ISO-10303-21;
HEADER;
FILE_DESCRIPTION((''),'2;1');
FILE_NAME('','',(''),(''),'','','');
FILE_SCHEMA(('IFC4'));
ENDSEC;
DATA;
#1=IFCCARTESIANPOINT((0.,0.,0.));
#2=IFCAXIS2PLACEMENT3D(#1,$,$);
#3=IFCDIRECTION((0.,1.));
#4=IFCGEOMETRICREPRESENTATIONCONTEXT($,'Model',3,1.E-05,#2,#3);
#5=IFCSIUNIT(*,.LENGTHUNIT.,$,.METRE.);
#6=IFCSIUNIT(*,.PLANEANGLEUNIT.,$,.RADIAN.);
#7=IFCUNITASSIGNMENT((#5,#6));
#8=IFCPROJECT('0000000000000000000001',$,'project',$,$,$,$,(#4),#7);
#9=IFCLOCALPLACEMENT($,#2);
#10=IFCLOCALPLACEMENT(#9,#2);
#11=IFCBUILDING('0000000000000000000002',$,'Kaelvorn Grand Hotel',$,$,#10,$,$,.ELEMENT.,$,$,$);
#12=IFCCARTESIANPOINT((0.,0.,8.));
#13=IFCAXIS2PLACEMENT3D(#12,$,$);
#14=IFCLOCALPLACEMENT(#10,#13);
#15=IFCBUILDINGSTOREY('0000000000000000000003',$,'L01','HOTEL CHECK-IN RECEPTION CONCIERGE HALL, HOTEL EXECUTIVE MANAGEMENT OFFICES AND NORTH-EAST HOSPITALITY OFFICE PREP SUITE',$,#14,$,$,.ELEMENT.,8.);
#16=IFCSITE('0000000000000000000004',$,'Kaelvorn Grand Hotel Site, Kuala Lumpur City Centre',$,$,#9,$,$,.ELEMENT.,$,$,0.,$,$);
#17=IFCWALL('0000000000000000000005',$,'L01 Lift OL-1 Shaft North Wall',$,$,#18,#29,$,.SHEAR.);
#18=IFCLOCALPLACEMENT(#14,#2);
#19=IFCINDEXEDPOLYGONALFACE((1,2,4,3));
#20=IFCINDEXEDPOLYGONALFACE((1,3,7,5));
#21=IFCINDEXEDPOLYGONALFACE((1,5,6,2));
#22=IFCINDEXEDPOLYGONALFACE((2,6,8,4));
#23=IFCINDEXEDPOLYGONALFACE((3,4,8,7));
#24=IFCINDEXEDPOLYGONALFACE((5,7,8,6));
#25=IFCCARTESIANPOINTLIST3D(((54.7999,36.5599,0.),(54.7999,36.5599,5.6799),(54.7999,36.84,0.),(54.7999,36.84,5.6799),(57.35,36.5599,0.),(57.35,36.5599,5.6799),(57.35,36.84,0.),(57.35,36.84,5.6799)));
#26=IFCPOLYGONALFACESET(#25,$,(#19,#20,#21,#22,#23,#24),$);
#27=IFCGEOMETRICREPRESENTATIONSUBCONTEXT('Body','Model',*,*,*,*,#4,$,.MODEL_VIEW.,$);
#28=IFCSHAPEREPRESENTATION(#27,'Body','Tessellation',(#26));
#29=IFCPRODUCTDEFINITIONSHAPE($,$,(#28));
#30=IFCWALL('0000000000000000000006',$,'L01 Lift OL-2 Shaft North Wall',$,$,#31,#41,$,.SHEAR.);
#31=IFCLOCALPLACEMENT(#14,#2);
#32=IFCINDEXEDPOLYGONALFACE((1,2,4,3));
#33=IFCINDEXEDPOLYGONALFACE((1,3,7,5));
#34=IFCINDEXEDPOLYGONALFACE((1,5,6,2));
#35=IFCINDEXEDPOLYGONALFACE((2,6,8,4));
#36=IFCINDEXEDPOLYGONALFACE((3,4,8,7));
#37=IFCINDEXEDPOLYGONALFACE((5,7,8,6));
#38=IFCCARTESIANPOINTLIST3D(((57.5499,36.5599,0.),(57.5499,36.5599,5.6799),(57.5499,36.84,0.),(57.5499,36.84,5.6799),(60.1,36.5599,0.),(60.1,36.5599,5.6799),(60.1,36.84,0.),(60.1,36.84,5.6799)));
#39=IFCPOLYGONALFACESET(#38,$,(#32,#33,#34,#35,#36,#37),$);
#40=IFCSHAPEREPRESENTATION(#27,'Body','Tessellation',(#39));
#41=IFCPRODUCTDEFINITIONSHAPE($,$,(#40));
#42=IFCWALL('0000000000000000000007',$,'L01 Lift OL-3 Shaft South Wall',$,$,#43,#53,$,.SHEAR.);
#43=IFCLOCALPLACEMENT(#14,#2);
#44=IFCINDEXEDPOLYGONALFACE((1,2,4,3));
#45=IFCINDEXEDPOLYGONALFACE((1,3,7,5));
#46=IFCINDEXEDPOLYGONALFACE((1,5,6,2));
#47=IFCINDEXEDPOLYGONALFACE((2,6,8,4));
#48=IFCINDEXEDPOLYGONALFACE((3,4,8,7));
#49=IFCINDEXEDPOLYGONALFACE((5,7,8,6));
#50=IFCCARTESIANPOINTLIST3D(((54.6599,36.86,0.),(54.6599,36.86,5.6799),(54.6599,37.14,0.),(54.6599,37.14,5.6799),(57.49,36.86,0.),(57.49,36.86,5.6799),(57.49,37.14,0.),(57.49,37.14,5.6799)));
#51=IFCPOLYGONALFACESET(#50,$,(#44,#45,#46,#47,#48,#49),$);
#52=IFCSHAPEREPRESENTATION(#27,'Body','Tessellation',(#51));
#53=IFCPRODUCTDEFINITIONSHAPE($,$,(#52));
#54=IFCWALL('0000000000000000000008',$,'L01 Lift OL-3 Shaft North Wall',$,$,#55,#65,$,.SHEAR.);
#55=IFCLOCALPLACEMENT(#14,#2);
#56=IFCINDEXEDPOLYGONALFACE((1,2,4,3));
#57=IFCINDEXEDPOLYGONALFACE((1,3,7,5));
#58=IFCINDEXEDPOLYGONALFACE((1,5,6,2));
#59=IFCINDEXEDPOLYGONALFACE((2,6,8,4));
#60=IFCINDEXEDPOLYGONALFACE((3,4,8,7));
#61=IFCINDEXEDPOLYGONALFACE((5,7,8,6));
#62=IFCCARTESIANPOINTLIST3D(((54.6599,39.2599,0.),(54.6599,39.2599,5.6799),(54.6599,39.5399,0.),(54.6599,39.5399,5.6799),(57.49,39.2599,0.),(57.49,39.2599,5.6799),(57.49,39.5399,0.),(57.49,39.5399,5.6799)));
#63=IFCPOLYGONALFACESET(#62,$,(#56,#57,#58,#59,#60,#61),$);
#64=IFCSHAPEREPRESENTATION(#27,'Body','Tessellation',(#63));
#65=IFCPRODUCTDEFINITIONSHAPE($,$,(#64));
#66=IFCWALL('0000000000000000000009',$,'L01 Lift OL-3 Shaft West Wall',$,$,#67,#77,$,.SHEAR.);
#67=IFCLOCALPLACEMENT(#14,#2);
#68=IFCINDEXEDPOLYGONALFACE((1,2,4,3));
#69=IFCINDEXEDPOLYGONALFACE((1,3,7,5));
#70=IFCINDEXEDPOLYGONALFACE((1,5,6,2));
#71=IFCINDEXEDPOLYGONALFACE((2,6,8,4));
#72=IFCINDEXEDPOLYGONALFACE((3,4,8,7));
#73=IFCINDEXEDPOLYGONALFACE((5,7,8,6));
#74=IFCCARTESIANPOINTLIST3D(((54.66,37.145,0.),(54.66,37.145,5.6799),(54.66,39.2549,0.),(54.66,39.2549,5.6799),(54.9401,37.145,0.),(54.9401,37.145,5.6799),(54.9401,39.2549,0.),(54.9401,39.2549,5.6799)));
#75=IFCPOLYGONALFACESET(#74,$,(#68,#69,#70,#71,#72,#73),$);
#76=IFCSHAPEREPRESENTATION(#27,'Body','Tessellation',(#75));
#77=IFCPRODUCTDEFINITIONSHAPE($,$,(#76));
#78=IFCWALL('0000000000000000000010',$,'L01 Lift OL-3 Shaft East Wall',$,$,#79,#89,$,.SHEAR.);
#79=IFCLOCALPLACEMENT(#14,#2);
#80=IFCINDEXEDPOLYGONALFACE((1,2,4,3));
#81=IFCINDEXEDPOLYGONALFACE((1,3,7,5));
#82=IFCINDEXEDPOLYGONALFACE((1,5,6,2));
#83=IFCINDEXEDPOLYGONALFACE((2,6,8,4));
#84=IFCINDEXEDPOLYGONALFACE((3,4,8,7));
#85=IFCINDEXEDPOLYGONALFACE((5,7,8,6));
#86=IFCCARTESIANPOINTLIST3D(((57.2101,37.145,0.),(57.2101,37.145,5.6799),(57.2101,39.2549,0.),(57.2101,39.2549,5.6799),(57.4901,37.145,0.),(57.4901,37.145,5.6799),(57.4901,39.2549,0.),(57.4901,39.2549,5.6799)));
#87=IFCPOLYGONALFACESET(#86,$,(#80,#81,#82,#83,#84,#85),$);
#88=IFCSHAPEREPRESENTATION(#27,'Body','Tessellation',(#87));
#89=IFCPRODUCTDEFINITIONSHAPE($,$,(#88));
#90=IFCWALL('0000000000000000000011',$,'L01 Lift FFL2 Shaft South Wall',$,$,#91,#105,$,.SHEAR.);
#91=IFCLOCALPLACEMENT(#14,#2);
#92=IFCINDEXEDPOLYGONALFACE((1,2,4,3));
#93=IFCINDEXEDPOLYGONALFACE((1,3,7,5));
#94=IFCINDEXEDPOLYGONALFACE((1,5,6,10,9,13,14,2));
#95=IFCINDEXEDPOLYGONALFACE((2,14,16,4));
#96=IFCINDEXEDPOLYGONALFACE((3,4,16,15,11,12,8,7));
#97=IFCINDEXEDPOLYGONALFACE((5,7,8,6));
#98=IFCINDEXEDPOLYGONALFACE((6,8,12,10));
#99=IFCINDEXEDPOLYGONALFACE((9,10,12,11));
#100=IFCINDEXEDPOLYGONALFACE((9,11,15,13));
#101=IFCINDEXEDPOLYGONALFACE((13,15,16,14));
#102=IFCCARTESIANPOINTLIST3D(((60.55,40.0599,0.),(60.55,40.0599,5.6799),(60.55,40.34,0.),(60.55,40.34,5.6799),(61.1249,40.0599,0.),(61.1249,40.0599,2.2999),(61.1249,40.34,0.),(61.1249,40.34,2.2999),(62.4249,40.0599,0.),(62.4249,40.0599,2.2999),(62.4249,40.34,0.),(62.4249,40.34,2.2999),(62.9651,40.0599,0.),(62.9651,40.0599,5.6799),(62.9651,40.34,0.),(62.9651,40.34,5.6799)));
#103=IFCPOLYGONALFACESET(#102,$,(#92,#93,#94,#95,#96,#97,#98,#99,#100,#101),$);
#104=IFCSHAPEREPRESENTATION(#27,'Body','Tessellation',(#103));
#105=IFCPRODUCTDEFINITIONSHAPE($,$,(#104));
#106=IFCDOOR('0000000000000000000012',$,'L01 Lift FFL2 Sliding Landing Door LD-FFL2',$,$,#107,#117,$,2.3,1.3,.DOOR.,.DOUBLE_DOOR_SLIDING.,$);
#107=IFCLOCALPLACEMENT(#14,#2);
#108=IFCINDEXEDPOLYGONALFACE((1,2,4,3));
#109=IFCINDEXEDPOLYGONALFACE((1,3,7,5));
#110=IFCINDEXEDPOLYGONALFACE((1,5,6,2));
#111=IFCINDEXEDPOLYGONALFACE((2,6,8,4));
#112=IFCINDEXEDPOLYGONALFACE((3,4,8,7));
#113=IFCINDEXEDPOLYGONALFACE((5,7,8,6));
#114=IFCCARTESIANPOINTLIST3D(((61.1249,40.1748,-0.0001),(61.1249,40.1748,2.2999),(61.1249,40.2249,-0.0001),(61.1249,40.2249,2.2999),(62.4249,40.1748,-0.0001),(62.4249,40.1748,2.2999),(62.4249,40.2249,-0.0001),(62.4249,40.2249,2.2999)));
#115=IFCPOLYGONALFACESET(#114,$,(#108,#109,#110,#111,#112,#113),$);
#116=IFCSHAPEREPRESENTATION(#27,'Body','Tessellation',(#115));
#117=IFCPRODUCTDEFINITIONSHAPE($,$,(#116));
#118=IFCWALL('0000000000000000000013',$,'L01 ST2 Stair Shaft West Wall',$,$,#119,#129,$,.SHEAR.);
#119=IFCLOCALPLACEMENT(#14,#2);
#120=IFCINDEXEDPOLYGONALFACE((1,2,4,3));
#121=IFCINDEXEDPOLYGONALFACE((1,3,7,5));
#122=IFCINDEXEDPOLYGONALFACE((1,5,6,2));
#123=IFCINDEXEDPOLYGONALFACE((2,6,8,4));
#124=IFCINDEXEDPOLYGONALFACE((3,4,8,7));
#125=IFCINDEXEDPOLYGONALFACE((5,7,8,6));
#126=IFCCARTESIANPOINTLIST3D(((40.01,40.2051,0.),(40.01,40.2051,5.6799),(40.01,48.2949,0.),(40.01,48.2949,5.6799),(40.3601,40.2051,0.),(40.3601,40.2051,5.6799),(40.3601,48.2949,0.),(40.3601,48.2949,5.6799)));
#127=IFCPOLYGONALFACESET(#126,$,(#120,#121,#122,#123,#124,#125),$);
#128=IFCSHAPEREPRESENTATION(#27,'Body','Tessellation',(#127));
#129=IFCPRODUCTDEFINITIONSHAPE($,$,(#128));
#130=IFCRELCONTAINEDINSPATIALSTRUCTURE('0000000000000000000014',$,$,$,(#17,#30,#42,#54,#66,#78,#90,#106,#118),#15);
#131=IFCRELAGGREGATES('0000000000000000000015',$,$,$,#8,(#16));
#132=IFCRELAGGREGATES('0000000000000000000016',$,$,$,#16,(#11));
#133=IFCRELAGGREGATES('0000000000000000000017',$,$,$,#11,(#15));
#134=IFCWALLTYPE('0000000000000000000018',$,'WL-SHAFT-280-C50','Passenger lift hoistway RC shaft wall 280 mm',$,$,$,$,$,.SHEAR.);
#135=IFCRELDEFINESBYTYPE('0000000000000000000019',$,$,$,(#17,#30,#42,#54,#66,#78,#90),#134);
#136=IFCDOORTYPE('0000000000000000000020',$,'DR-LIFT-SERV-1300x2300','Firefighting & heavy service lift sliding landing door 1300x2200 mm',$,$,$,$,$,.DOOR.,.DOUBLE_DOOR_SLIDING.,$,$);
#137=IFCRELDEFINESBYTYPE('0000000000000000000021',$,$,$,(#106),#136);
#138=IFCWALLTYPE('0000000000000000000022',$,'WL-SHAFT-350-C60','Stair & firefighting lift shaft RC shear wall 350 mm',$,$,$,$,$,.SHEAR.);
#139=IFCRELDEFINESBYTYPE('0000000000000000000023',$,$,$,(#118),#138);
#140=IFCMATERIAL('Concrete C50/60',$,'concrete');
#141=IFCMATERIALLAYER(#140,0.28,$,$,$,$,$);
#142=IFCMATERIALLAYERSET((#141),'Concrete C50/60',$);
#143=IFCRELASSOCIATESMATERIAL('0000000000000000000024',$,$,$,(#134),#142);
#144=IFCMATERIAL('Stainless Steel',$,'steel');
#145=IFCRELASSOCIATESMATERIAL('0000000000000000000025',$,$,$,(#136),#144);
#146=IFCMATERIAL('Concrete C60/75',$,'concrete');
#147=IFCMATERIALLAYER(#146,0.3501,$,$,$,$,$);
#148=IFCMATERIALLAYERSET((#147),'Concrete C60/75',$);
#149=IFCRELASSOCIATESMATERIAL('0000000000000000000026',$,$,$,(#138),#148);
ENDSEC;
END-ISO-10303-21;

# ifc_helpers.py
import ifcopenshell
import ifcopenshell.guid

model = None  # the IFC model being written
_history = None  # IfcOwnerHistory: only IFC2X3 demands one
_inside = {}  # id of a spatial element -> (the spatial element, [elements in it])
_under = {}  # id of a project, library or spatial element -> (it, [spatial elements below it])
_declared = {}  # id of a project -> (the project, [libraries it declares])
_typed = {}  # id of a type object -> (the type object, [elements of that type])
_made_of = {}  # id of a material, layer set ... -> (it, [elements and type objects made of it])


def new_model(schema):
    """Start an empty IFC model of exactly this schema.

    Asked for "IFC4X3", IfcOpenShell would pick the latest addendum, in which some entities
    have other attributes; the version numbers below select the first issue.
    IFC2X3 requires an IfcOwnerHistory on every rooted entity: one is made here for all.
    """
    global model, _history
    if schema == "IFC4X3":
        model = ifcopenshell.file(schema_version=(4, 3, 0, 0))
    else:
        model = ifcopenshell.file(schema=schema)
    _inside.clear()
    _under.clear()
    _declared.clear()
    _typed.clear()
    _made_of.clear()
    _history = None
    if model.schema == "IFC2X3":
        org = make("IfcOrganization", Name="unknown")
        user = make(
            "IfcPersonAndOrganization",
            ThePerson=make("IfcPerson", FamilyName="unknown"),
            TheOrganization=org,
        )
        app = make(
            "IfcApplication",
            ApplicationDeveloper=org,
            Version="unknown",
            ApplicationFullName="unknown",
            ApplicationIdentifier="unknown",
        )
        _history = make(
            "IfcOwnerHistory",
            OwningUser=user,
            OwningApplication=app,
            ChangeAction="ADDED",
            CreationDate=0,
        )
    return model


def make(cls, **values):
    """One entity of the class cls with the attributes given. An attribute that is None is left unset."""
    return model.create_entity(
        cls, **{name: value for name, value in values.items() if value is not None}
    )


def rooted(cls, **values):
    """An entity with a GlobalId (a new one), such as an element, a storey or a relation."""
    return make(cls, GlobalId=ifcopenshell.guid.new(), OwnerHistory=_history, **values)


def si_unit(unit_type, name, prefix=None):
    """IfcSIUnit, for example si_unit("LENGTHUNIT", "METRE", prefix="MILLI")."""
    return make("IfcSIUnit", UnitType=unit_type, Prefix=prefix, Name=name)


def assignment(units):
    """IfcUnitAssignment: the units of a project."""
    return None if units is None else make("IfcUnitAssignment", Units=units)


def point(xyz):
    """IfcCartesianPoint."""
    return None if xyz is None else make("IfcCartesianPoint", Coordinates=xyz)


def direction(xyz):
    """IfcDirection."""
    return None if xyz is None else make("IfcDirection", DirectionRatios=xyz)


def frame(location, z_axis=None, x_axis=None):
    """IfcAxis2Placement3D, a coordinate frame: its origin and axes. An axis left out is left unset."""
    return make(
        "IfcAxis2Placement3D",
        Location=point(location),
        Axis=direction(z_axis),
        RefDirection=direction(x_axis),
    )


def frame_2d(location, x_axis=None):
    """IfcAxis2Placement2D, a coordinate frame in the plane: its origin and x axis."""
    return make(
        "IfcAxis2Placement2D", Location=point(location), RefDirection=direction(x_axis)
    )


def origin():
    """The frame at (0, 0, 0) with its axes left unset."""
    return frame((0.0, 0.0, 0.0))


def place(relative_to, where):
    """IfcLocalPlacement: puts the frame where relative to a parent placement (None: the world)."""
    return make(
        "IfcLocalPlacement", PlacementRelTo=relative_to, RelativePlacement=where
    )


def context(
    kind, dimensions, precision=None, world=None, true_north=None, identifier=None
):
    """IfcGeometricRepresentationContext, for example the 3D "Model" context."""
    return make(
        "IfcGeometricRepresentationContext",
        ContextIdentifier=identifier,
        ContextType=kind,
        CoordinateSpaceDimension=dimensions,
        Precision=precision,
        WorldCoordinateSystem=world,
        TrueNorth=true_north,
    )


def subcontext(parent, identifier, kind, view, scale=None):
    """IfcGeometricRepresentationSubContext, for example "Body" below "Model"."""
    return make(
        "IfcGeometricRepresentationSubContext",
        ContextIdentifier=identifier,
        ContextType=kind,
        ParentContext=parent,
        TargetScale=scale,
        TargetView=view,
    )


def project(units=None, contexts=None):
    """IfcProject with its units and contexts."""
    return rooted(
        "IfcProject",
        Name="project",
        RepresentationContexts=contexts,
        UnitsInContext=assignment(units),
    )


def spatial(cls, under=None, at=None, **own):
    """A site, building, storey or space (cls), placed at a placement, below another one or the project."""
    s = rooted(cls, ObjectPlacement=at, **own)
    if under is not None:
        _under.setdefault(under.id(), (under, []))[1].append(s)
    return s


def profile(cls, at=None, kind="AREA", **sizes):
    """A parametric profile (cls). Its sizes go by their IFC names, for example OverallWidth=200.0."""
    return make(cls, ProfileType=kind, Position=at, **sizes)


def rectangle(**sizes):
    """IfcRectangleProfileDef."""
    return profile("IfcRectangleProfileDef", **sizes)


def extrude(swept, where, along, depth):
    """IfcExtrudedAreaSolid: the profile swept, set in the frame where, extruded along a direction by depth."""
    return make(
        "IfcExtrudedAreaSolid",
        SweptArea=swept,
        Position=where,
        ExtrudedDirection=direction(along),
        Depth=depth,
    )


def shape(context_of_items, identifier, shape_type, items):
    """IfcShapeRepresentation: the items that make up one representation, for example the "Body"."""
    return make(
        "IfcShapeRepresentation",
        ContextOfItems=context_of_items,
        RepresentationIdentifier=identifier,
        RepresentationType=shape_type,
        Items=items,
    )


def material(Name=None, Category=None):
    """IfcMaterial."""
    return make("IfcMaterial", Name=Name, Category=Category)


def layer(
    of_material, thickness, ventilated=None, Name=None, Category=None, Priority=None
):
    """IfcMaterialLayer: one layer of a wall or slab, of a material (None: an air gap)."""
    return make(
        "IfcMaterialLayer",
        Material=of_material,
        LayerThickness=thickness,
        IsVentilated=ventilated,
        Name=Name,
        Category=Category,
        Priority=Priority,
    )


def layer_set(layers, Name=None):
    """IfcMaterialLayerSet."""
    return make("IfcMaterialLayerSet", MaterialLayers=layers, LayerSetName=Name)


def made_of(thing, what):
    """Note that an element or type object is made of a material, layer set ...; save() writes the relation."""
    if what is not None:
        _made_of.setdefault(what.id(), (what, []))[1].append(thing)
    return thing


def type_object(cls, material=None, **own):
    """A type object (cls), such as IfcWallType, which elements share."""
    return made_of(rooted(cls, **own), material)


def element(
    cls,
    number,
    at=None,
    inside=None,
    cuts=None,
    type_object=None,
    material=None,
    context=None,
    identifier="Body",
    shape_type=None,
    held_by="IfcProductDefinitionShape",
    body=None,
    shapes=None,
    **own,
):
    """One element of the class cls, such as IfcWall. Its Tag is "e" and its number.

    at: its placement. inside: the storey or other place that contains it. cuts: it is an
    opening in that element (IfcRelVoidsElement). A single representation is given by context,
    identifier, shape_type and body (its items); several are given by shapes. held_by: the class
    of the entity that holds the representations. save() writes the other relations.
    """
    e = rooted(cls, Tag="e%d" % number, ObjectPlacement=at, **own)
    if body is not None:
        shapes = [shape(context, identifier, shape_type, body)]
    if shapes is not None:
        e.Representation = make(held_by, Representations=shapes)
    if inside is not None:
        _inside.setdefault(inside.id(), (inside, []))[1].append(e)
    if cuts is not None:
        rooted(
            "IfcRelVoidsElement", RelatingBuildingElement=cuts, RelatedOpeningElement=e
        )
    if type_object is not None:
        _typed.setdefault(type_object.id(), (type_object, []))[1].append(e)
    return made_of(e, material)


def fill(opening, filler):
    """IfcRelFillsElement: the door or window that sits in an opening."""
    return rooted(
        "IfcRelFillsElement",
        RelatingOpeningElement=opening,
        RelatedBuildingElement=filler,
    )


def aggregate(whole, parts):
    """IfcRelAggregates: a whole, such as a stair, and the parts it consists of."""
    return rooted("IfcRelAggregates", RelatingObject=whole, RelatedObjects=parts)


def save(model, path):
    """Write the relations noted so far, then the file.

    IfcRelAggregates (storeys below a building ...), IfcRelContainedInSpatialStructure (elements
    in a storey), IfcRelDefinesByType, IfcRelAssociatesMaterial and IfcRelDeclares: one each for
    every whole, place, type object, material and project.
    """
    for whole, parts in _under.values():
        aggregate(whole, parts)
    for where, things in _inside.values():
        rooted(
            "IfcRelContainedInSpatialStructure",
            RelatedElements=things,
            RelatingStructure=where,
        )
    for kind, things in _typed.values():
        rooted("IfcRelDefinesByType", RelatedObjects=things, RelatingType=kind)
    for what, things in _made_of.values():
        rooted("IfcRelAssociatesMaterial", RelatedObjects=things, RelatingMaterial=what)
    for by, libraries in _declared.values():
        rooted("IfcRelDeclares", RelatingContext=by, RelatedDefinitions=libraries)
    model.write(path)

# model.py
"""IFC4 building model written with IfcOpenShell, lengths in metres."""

from ifc_helpers import new_model, si_unit, direction, frame, frame_2d, origin, place, context, subcontext, project, spatial, rectangle, extrude, material, layer, layer_set, type_object, element, fill, save


model = new_model("IFC4")

# Units and contexts
model_context = context("Model", 3, precision=1e-05, world=origin(), true_north=direction((0.0, 1.0)))
body_context = subcontext(model_context, "Body", "Model", "MODEL_VIEW")
ifc_project = project(units=[si_unit("LENGTHUNIT", "METRE"), si_unit("PLANEANGLEUNIT", "RADIAN")], contexts=[model_context])

# Site, building, storey
site_placement = place(None, origin())
site = spatial("IfcSite", under=ifc_project, at=site_placement, Name="Kaelvorn Grand Hotel Site, Kuala Lumpur City Centre", CompositionType="ELEMENT", RefElevation=0.0)
building_placement = place(site_placement, origin())
building = spatial("IfcBuilding", under=site, at=building_placement, Name="Kaelvorn Grand Hotel", CompositionType="ELEMENT")
storey_placement = place(building_placement, frame((0.0, 0.0, 8.0)))
storey = spatial("IfcBuildingStorey", under=building, at=storey_placement, Name="L01", Description="HOTEL CHECK-IN RECEPTION CONCIERGE HALL, HOTEL EXECUTIVE MANAGEMENT OFFICES AND NORTH-EAST HOSPITALITY OFFICE PREP SUITE", CompositionType="ELEMENT", Elevation=8.0)

# Shared definitions
ifc_material_1 = material(Name="Concrete C50/60", Category="concrete")
ifc_layer_1 = layer(ifc_material_1, 0.28)
ifc_layer_set_1 = layer_set([ifc_layer_1], Name="Concrete C50/60")
wall_type_1 = type_object("IfcWallType", Name="WL-SHAFT-280-C50", Description="Passenger lift hoistway RC shaft wall 280 mm", PredefinedType="SHEAR", material=ifc_layer_set_1)

# Shared definitions
ifc_material_2 = material(Name="Stainless Steel", Category="steel")

# Walls
for number, where, z_axis, x_axis, name in (
    (1, (54.8, 36.7, 0.0), (0.0, 0.0, 1.0), (1.0, 0.0, 0.0), "L01 Lift OL-1 Shaft North Wall"),
    (2, (57.55, 36.7, 0.0), (0.0, 0.0, 1.0), (1.0, 0.0, 0.0), "L01 Lift OL-2 Shaft North Wall"),
):
    element("IfcWall", number, at=place(storey_placement, frame(where, z_axis=z_axis, x_axis=x_axis)), inside=storey, type_object=wall_type_1, Name=name, PredefinedType="SHEAR", context=body_context, shape_type="SweptSolid", body=[
        extrude(rectangle(XDim=2.55, YDim=0.28, at=frame_2d((1.2749, 0.0))), origin(), (0.0, 0.0, 1.0), 5.6799),
    ])
for number, where, z_axis, x_axis, name in (
    (3, (54.6599, 37.0, 0.0), (0.0, 0.0, 1.0), (1.0, 0.0, 0.0), "L01 Lift OL-3 Shaft South Wall"),
    (4, (54.6599, 39.3999, 0.0), (0.0, 0.0, 1.0), (1.0, 0.0, 0.0), "L01 Lift OL-3 Shaft North Wall"),
):
    element("IfcWall", number, at=place(storey_placement, frame(where, z_axis=z_axis, x_axis=x_axis)), inside=storey, type_object=wall_type_1, Name=name, PredefinedType="SHEAR", context=body_context, shape_type="SweptSolid", body=[
        extrude(rectangle(XDim=2.8301, YDim=0.28, at=frame_2d((1.415, 0.0))), origin(), (0.0, 0.0, 1.0), 5.6799),
    ])
for number, where, z_axis, x_axis, name in (
    (5, (54.8, 37.145, 0.0), (0.0, 0.0, 1.0), (0.0, 1.0, 0.0), "L01 Lift OL-3 Shaft West Wall"),
    (6, (57.3501, 37.145, 0.0), (0.0, 0.0, 1.0), (0.0, 1.0, 0.0), "L01 Lift OL-3 Shaft East Wall"),
):
    element("IfcWall", number, at=place(storey_placement, frame(where, z_axis=z_axis, x_axis=x_axis)), inside=storey, type_object=wall_type_1, Name=name, PredefinedType="SHEAR", context=body_context, shape_type="SweptSolid", body=[
        extrude(rectangle(XDim=2.1099, YDim=0.28, at=frame_2d((1.0549, 0.0))), origin(), (0.0, 0.0, 1.0), 5.6799),
    ])

# Wall, opening, door
wall_1_placement = place(storey_placement, frame((60.55, 40.2, 0.0), z_axis=(0.0, 0.0, 1.0), x_axis=(1.0, 0.0, 0.0)))
wall_1 = element("IfcWall", 7, at=wall_1_placement, inside=storey, type_object=wall_type_1, Name="L01 Lift FFL2 Shaft South Wall", PredefinedType="SHEAR", context=body_context, shape_type="SweptSolid", body=[
    extrude(rectangle(XDim=2.415, YDim=0.28, at=frame_2d((1.2075, 0.0))), origin(), (0.0, 0.0, 1.0), 5.6799),
])
opening_1_placement = place(wall_1_placement, frame((0.575, 0.0, 0.0)))
opening_1 = element("IfcOpeningElement", 8, at=opening_1_placement, cuts=wall_1, PredefinedType="OPENING", context=body_context, shape_type="SweptSolid", body=[
    extrude(rectangle(XDim=1.3, YDim=2.3, at=frame_2d((0.6499, 1.1499))), frame((0.0, 0.1499, 0.0), z_axis=(0.0, -1.0, 0.0), x_axis=(1.0, 0.0, 0.0)), (0.0, 0.0, 1.0), 0.3),
])
door_type_1 = type_object("IfcDoorType", Name="DR-LIFT-SERV-1300x2300", Description="Firefighting & heavy service lift sliding landing door 1300x2200 mm", OperationType="DOUBLE_DOOR_SLIDING", PredefinedType="DOOR", material=ifc_material_2)
door_1_placement = place(opening_1_placement, origin())
door_1 = element("IfcDoor", 9, at=door_1_placement, inside=storey, type_object=door_type_1, Name="L01 Lift FFL2 Sliding Landing Door LD-FFL2", OperationType="DOUBLE_DOOR_SLIDING", OverallHeight=2.3, OverallWidth=1.3, PredefinedType="DOOR", context=body_context, shape_type="SweptSolid", body=[
    extrude(rectangle(XDim=1.3, YDim=2.3, at=frame_2d((0.6499, 1.1499))), frame((0.0, 0.0249, 0.0), z_axis=(0.0, -1.0, 0.0), x_axis=(1.0, 0.0, 0.0)), (0.0, 0.0, 1.0), 0.05),
])
fill(opening_1, door_1)
ifc_material_3 = material(Name="Concrete C60/75", Category="concrete")
ifc_layer_2 = layer(ifc_material_3, 0.3501)
ifc_layer_set_2 = layer_set([ifc_layer_2], Name="Concrete C60/75")
wall_type_2 = type_object("IfcWallType", Name="WL-SHAFT-350-C60", Description="Stair & firefighting lift shaft RC shear wall 350 mm", PredefinedType="SHEAR", material=ifc_layer_set_2)

# Wall
wall_2_placement = place(storey_placement, frame((40.1851, 40.2051, 0.0), z_axis=(0.0, 0.0, 1.0), x_axis=(0.0, 1.0, 0.0)))
element("IfcWall", 10, at=wall_2_placement, inside=storey, type_object=wall_type_2, Name="L01 ST2 Stair Shaft West Wall", PredefinedType="SHEAR", context=body_context, shape_type="SweptSolid", body=[
    extrude(rectangle(XDim=8.0898, YDim=0.3501, at=frame_2d((4.0449, 0.0))), origin(), (0.0, 0.0, 1.0), 5.6799),
])

save(model, "model.ifc")
